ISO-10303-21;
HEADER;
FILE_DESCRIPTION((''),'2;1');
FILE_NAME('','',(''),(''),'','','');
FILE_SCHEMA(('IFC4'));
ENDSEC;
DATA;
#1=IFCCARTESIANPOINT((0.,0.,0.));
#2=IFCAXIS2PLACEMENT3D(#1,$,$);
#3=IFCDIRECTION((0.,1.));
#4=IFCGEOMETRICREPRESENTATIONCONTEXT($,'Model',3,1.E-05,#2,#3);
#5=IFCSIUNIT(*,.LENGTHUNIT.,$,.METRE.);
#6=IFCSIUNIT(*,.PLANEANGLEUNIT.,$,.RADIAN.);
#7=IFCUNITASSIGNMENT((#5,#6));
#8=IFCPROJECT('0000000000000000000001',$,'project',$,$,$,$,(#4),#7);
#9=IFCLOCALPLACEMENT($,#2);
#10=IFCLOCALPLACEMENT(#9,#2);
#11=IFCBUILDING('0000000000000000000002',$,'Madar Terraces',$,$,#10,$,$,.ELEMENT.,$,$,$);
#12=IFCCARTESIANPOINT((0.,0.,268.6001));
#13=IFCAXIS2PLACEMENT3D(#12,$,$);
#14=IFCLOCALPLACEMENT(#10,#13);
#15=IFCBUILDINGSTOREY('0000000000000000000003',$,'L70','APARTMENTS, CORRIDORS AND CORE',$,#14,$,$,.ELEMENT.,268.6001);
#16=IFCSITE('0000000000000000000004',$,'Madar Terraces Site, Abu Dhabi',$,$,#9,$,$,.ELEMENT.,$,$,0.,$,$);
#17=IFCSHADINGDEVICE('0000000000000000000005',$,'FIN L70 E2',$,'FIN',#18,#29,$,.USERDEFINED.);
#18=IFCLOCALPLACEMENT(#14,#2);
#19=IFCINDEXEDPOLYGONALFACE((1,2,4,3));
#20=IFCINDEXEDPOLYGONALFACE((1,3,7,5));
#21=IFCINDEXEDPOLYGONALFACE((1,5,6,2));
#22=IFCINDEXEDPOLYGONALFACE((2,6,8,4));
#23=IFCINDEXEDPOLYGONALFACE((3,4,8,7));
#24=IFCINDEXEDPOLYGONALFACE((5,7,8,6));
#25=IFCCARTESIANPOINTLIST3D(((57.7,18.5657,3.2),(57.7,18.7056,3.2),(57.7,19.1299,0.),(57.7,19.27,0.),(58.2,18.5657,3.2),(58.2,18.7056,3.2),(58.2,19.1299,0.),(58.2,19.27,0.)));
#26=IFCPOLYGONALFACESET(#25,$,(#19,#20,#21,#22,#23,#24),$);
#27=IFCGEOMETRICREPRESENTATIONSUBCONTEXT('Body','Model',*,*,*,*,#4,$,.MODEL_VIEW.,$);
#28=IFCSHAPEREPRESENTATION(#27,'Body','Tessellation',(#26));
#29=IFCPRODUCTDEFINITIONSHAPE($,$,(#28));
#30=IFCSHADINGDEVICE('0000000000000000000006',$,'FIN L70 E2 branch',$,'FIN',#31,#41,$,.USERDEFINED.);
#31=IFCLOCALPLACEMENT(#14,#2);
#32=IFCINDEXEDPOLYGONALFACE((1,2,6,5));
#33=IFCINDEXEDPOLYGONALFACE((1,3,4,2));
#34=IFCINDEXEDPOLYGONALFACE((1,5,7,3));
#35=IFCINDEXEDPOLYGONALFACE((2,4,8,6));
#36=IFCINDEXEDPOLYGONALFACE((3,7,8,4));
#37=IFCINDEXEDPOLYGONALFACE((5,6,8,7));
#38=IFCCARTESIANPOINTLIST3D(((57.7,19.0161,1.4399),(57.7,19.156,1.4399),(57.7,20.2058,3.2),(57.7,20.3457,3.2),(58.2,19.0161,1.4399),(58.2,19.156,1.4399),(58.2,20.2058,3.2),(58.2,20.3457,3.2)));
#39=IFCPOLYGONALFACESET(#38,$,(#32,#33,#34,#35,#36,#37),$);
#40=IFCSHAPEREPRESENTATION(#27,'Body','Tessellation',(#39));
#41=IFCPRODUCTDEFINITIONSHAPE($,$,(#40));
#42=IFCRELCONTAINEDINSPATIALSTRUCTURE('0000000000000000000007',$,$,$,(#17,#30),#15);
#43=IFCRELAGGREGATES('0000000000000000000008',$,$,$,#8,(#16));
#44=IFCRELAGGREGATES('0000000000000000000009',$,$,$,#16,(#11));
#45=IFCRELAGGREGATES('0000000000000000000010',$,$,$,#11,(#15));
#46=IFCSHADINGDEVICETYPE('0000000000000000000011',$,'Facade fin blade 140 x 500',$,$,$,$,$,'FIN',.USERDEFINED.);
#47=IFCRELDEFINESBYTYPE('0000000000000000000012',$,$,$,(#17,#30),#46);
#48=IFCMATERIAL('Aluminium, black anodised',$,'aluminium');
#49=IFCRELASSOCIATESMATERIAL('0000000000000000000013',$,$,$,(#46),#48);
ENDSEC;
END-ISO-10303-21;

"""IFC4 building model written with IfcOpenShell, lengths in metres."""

from ifc_helpers import new_model, si_unit, direction, frame, origin, place, context, subcontext, project, spatial, polyline, outline, extrude, material, type_object, element, save


model = new_model("IFC4")

# Units and contexts
model_context = context("Model", 3, precision=1e-05, world=origin(), true_north=direction((0.0, 1.0)))
body_context = subcontext(model_context, "Body", "Model", "MODEL_VIEW")
ifc_project = project(units=[si_unit("LENGTHUNIT", "METRE"), si_unit("PLANEANGLEUNIT", "RADIAN")], contexts=[model_context])

# Site, building, storey
site_placement = place(None, origin())
site = spatial("IfcSite", under=ifc_project, at=site_placement, Name="Madar Terraces Site, Abu Dhabi", CompositionType="ELEMENT", RefElevation=0.0)
building_placement = place(site_placement, origin())
building = spatial("IfcBuilding", under=site, at=building_placement, Name="Madar Terraces", CompositionType="ELEMENT")
storey_placement = place(building_placement, frame((0.0, 0.0, 268.6001)))
storey = spatial("IfcBuildingStorey", under=building, at=storey_placement, Name="L70", Description="APARTMENTS, CORRIDORS AND CORE", CompositionType="ELEMENT", Elevation=268.6001)

# Shading devices
ifc_material_1 = material(Name="Aluminium, black anodised", Category="aluminium")
shading_device_type = type_object("IfcShadingDeviceType", Name="Facade fin blade 140 x 500", ElementType="FIN", PredefinedType="USERDEFINED", material=ifc_material_1)
shading_device_1_placement = place(storey_placement, frame((57.95, 19.1299, 0.0), z_axis=(0.0, 0.0, 1.0), x_axis=(0.0, 1.0, 0.0)))
element("IfcShadingDevice", 1, at=shading_device_1_placement, inside=storey, type_object=shading_device_type, Name="FIN L70 E2", ObjectType="FIN", PredefinedType="USERDEFINED", context=body_context, shape_type="SweptSolid", body=[
    extrude(outline(polyline([(0.0, 0.0), (0.1401, 0.0), (-0.4243, 3.2), (-0.5642, 3.2), (0.0, 0.0)])), frame((0.0, 0.25, 0.0), z_axis=(0.0, -1.0, 0.0), x_axis=(1.0, 0.0, 0.0)), (0.0, 0.0, 1.0), 0.5),
])
shading_device_2_placement = place(storey_placement, frame((57.95, 19.0161, 1.4399), z_axis=(0.0, 0.0, 1.0), x_axis=(0.0, 1.0, 0.0)))
element("IfcShadingDevice", 2, at=shading_device_2_placement, inside=storey, type_object=shading_device_type, Name="FIN L70 E2 branch", ObjectType="FIN", PredefinedType="USERDEFINED", context=body_context, shape_type="SweptSolid", body=[
    extrude(outline(polyline([(0.0, 0.0), (0.1399, 0.0), (1.3296, 1.76), (1.1897, 1.76), (0.0, 0.0)])), frame((0.0, 0.25, 0.0), z_axis=(0.0, -1.0, 0.0), x_axis=(1.0, 0.0, 0.0)), (0.0, 0.0, 1.0), 0.5),
])

save(model, "model.ifc")
